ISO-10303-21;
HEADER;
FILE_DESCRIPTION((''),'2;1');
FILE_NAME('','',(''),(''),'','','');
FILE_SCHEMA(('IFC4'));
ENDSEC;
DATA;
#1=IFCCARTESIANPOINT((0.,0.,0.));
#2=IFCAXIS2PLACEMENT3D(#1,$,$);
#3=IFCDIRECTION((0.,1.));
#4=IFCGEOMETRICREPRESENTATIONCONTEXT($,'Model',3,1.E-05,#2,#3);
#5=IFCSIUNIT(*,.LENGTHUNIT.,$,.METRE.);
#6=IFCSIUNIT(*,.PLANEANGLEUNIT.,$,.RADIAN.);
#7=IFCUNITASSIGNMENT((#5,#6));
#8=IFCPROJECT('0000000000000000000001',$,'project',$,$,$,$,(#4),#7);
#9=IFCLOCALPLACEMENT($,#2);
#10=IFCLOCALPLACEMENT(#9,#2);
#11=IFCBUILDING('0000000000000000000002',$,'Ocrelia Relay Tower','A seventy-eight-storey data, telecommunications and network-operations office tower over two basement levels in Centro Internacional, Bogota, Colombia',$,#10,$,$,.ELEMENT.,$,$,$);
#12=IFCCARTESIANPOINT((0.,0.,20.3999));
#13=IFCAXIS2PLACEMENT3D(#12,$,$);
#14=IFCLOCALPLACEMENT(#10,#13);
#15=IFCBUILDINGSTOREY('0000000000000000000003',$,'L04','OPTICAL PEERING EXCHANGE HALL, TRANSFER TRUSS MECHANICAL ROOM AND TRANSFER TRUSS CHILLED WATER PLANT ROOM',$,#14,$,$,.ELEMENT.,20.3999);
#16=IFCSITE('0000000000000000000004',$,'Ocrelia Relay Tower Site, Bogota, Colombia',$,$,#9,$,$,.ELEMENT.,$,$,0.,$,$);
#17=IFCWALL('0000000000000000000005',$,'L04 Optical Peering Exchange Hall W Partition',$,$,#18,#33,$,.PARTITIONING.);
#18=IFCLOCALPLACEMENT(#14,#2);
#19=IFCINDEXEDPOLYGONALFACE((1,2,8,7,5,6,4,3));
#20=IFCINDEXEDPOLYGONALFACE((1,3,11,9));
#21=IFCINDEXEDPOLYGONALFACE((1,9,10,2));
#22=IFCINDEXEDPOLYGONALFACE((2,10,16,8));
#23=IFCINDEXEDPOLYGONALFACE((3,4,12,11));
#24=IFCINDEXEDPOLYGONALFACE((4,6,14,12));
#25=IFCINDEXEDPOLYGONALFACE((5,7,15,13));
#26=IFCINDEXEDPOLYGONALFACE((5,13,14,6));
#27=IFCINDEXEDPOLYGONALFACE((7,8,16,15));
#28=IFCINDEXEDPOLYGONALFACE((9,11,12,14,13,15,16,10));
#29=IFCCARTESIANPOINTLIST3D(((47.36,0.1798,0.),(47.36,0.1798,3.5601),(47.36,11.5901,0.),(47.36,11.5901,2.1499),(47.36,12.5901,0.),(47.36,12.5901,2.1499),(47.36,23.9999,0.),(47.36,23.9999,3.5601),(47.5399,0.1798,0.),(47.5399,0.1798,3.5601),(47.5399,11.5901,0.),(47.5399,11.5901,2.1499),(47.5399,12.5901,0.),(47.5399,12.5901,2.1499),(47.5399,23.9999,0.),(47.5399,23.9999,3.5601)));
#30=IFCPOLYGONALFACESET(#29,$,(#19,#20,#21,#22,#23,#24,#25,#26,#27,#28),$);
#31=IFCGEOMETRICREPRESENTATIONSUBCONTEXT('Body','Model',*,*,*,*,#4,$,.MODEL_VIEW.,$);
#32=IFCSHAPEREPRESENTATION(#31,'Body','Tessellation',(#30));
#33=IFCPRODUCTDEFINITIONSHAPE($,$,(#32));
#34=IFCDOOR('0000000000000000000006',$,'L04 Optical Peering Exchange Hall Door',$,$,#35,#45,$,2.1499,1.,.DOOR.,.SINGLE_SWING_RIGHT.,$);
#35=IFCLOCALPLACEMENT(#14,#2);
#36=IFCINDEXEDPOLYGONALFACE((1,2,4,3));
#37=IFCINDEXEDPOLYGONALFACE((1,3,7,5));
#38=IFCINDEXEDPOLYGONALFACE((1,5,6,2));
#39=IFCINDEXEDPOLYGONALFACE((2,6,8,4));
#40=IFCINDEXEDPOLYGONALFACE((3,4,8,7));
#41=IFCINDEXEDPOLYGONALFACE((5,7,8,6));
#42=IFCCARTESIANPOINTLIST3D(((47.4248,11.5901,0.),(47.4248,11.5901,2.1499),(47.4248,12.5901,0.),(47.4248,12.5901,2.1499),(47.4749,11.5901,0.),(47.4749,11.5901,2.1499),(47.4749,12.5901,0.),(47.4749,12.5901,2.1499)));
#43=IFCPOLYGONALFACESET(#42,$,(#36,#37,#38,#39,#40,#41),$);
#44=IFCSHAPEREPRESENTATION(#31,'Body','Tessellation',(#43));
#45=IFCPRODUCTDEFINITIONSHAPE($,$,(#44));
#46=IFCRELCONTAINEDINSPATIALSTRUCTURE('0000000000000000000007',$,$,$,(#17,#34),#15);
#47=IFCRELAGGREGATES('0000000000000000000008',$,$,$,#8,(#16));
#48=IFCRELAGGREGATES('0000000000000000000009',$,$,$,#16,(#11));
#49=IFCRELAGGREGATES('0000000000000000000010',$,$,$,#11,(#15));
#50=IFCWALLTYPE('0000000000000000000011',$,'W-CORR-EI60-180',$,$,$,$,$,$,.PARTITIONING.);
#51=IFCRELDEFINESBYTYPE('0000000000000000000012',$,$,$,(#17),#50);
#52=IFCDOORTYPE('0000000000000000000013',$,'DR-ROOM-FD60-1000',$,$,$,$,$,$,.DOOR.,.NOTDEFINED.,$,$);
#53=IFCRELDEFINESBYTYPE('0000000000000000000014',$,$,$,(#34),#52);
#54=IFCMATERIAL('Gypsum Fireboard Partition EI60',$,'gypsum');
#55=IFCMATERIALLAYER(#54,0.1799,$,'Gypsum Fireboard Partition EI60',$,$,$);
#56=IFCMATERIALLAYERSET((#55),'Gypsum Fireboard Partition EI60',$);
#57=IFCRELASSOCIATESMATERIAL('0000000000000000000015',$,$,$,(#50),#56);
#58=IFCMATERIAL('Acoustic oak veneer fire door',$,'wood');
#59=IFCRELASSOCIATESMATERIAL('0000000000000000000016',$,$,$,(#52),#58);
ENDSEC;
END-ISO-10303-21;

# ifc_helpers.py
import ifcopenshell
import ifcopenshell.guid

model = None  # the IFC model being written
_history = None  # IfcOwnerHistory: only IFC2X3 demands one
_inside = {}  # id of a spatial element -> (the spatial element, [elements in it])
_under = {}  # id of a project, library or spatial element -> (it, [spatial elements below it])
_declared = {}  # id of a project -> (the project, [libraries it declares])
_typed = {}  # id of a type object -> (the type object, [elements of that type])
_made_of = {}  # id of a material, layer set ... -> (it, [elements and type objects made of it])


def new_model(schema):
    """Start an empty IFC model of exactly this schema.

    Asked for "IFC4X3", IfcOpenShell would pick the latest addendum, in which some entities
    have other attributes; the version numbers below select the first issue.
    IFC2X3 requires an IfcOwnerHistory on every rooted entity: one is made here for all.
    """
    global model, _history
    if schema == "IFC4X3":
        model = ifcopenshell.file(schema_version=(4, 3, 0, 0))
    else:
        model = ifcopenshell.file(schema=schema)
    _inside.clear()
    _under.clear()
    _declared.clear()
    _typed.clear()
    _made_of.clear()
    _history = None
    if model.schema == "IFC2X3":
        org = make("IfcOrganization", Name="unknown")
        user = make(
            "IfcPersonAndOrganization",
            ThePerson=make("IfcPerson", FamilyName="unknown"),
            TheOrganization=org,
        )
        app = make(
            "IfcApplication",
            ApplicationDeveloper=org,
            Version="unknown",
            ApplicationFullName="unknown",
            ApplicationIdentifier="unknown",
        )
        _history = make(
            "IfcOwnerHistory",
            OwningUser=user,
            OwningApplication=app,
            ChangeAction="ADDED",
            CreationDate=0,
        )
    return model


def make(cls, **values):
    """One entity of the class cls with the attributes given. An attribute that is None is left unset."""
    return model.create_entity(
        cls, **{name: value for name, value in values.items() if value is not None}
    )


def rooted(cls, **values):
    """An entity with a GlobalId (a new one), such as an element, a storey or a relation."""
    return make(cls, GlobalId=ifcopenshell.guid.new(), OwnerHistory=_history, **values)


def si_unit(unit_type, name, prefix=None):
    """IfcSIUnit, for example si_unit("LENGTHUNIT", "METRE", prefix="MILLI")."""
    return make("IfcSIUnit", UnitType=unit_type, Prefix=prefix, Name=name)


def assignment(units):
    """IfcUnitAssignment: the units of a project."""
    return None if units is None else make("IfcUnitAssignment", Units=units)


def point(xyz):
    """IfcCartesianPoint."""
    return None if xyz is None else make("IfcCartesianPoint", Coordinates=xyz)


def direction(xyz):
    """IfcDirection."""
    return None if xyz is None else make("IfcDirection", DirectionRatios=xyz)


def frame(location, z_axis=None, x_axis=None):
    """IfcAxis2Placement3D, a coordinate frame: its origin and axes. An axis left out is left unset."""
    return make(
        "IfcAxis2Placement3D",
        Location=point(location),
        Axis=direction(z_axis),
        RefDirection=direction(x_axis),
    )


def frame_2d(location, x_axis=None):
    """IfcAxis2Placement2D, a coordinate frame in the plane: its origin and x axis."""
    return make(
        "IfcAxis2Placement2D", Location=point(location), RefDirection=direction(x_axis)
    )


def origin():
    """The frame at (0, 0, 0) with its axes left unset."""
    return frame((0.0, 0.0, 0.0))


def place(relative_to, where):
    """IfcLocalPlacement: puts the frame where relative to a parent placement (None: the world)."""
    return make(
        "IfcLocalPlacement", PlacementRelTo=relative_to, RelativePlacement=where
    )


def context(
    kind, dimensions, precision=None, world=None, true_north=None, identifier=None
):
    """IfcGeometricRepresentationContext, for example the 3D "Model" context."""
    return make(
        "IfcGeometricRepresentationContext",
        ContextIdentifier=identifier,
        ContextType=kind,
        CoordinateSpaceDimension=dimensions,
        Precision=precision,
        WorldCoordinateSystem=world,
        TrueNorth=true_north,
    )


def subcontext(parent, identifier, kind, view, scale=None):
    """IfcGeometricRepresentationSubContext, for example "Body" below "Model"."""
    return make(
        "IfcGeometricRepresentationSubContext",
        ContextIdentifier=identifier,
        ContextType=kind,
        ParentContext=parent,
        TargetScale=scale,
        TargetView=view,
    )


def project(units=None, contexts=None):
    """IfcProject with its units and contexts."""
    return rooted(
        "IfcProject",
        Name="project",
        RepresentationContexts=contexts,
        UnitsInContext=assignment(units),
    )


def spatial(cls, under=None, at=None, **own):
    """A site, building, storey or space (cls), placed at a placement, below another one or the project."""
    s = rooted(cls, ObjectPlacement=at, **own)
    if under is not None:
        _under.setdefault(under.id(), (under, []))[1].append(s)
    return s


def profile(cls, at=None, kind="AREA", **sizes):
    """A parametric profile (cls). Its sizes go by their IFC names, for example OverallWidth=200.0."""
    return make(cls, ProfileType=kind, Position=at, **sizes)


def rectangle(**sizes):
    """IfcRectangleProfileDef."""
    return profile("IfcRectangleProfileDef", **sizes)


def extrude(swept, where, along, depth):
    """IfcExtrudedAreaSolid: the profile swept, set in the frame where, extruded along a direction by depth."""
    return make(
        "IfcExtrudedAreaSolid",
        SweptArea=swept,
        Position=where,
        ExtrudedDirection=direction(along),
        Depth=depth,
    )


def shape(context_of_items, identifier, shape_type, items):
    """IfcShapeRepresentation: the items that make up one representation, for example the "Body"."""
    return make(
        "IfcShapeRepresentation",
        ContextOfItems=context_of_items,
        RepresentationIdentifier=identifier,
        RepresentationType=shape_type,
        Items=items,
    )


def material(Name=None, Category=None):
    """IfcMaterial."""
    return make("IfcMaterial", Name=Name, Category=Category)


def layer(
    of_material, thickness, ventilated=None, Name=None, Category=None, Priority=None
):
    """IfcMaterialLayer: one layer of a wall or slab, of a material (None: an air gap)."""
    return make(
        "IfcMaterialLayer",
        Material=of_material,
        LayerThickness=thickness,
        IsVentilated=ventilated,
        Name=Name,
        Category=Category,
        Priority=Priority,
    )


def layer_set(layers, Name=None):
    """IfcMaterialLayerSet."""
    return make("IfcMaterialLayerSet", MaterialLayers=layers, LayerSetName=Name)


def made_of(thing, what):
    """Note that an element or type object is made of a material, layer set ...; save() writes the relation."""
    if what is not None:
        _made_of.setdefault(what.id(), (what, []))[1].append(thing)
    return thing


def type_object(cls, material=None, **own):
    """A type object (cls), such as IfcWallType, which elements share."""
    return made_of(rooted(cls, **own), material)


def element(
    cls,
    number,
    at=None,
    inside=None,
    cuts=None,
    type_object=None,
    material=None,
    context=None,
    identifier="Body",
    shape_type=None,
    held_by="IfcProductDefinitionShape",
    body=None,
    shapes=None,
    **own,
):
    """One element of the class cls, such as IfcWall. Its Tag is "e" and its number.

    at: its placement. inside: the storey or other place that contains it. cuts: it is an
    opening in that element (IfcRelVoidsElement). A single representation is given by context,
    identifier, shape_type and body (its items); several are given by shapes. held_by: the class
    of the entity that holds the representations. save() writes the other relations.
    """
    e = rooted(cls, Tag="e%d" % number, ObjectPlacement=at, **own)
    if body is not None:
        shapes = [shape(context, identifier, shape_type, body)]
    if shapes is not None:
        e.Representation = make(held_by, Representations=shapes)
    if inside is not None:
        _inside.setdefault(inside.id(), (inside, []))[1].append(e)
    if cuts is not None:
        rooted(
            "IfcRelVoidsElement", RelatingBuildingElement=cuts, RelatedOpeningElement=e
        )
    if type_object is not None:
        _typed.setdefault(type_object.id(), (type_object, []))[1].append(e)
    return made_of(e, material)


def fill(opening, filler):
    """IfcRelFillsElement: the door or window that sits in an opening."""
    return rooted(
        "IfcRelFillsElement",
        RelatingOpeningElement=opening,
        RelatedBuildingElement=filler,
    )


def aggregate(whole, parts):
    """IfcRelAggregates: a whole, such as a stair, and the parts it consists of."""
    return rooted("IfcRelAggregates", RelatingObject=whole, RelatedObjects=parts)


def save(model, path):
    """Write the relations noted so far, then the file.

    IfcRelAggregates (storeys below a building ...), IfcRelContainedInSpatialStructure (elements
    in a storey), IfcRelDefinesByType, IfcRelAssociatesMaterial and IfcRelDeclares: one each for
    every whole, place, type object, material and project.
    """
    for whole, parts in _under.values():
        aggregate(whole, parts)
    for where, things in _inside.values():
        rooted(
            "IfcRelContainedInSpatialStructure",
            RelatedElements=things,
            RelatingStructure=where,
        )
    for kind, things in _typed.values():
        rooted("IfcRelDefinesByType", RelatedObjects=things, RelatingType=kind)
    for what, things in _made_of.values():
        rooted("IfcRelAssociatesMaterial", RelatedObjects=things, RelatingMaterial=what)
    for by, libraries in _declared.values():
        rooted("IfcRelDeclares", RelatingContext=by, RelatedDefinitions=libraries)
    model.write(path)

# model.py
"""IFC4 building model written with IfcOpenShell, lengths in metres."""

from ifc_helpers import new_model, si_unit, direction, frame, frame_2d, origin, place, context, subcontext, project, spatial, rectangle, extrude, material, layer, layer_set, type_object, element, fill, save


model = new_model("IFC4")

# Units and contexts
model_context = context("Model", 3, precision=1e-05, world=origin(), true_north=direction((0.0, 1.0)))
body_context = subcontext(model_context, "Body", "Model", "MODEL_VIEW")
ifc_project = project(units=[si_unit("LENGTHUNIT", "METRE"), si_unit("PLANEANGLEUNIT", "RADIAN")], contexts=[model_context])

# Site, building, storey
site_placement = place(None, origin())
site = spatial("IfcSite", under=ifc_project, at=site_placement, Name="Ocrelia Relay Tower Site, Bogota, Colombia", CompositionType="ELEMENT", RefElevation=0.0)
building_placement = place(site_placement, origin())
building = spatial("IfcBuilding", under=site, at=building_placement, Name="Ocrelia Relay Tower", Description="A seventy-eight-storey data, telecommunications and network-operations office tower over two basement levels in Centro Internacional, Bogota, Colombia", CompositionType="ELEMENT")
storey_placement = place(building_placement, frame((0.0, 0.0, 20.3999)))
storey = spatial("IfcBuildingStorey", under=building, at=storey_placement, Name="L04", Description="OPTICAL PEERING EXCHANGE HALL, TRANSFER TRUSS MECHANICAL ROOM AND TRANSFER TRUSS CHILLED WATER PLANT ROOM", CompositionType="ELEMENT", Elevation=20.3999)

# Wall, opening, door
ifc_material_1 = material(Name="Gypsum Fireboard Partition EI60", Category="gypsum")
ifc_layer_1 = layer(ifc_material_1, 0.1799, Name="Gypsum Fireboard Partition EI60")
ifc_layer_set_1 = layer_set([ifc_layer_1], Name="Gypsum Fireboard Partition EI60")
wall_type_1 = type_object("IfcWallType", Name="W-CORR-EI60-180", PredefinedType="PARTITIONING", material=ifc_layer_set_1)
wall_1_placement = place(storey_placement, frame((47.45, 24.0, 0.0), z_axis=(0.0, 0.0, 1.0), x_axis=(0.0, -1.0, 0.0)))
wall_1 = element("IfcWall", 1, at=wall_1_placement, inside=storey, type_object=wall_type_1, Name="L04 Optical Peering Exchange Hall W Partition", PredefinedType="PARTITIONING", context=body_context, shape_type="SweptSolid", body=[
    extrude(rectangle(XDim=23.8201, YDim=0.1799, at=frame_2d((11.9102, 0.0))), origin(), (0.0, 0.0, 1.0), 3.5601),
])
opening_placement = place(wall_1_placement, frame((11.4099, 0.0, 0.0)))
opening = element("IfcOpeningElement", 2, at=opening_placement, cuts=wall_1, PredefinedType="OPENING", context=body_context, shape_type="SweptSolid", body=[
    extrude(rectangle(XDim=1.0, YDim=2.1499, at=frame_2d((0.5, 1.075))), frame((0.0, 0.1001, 0.0), z_axis=(0.0, -1.0, 0.0), x_axis=(1.0, 0.0, 0.0)), (0.0, 0.0, 1.0), 0.2),
])
ifc_material_2 = material(Name="Acoustic oak veneer fire door", Category="wood")
door_type = type_object("IfcDoorType", Name="DR-ROOM-FD60-1000", OperationType="NOTDEFINED", PredefinedType="DOOR", material=ifc_material_2)
door_placement = place(opening_placement, origin())
door = element("IfcDoor", 3, at=door_placement, inside=storey, type_object=door_type, Name="L04 Optical Peering Exchange Hall Door", OperationType="SINGLE_SWING_RIGHT", OverallHeight=2.1499, OverallWidth=1.0, PredefinedType="DOOR", context=body_context, shape_type="SweptSolid", body=[
    extrude(rectangle(XDim=1.0, YDim=2.1499, at=frame_2d((0.5, 1.075))), frame((0.0, 0.0249, 0.0), z_axis=(0.0, -1.0, 0.0), x_axis=(1.0, 0.0, 0.0)), (0.0, 0.0, 1.0), 0.05),
])
fill(opening, door)

save(model, "model.ifc")
